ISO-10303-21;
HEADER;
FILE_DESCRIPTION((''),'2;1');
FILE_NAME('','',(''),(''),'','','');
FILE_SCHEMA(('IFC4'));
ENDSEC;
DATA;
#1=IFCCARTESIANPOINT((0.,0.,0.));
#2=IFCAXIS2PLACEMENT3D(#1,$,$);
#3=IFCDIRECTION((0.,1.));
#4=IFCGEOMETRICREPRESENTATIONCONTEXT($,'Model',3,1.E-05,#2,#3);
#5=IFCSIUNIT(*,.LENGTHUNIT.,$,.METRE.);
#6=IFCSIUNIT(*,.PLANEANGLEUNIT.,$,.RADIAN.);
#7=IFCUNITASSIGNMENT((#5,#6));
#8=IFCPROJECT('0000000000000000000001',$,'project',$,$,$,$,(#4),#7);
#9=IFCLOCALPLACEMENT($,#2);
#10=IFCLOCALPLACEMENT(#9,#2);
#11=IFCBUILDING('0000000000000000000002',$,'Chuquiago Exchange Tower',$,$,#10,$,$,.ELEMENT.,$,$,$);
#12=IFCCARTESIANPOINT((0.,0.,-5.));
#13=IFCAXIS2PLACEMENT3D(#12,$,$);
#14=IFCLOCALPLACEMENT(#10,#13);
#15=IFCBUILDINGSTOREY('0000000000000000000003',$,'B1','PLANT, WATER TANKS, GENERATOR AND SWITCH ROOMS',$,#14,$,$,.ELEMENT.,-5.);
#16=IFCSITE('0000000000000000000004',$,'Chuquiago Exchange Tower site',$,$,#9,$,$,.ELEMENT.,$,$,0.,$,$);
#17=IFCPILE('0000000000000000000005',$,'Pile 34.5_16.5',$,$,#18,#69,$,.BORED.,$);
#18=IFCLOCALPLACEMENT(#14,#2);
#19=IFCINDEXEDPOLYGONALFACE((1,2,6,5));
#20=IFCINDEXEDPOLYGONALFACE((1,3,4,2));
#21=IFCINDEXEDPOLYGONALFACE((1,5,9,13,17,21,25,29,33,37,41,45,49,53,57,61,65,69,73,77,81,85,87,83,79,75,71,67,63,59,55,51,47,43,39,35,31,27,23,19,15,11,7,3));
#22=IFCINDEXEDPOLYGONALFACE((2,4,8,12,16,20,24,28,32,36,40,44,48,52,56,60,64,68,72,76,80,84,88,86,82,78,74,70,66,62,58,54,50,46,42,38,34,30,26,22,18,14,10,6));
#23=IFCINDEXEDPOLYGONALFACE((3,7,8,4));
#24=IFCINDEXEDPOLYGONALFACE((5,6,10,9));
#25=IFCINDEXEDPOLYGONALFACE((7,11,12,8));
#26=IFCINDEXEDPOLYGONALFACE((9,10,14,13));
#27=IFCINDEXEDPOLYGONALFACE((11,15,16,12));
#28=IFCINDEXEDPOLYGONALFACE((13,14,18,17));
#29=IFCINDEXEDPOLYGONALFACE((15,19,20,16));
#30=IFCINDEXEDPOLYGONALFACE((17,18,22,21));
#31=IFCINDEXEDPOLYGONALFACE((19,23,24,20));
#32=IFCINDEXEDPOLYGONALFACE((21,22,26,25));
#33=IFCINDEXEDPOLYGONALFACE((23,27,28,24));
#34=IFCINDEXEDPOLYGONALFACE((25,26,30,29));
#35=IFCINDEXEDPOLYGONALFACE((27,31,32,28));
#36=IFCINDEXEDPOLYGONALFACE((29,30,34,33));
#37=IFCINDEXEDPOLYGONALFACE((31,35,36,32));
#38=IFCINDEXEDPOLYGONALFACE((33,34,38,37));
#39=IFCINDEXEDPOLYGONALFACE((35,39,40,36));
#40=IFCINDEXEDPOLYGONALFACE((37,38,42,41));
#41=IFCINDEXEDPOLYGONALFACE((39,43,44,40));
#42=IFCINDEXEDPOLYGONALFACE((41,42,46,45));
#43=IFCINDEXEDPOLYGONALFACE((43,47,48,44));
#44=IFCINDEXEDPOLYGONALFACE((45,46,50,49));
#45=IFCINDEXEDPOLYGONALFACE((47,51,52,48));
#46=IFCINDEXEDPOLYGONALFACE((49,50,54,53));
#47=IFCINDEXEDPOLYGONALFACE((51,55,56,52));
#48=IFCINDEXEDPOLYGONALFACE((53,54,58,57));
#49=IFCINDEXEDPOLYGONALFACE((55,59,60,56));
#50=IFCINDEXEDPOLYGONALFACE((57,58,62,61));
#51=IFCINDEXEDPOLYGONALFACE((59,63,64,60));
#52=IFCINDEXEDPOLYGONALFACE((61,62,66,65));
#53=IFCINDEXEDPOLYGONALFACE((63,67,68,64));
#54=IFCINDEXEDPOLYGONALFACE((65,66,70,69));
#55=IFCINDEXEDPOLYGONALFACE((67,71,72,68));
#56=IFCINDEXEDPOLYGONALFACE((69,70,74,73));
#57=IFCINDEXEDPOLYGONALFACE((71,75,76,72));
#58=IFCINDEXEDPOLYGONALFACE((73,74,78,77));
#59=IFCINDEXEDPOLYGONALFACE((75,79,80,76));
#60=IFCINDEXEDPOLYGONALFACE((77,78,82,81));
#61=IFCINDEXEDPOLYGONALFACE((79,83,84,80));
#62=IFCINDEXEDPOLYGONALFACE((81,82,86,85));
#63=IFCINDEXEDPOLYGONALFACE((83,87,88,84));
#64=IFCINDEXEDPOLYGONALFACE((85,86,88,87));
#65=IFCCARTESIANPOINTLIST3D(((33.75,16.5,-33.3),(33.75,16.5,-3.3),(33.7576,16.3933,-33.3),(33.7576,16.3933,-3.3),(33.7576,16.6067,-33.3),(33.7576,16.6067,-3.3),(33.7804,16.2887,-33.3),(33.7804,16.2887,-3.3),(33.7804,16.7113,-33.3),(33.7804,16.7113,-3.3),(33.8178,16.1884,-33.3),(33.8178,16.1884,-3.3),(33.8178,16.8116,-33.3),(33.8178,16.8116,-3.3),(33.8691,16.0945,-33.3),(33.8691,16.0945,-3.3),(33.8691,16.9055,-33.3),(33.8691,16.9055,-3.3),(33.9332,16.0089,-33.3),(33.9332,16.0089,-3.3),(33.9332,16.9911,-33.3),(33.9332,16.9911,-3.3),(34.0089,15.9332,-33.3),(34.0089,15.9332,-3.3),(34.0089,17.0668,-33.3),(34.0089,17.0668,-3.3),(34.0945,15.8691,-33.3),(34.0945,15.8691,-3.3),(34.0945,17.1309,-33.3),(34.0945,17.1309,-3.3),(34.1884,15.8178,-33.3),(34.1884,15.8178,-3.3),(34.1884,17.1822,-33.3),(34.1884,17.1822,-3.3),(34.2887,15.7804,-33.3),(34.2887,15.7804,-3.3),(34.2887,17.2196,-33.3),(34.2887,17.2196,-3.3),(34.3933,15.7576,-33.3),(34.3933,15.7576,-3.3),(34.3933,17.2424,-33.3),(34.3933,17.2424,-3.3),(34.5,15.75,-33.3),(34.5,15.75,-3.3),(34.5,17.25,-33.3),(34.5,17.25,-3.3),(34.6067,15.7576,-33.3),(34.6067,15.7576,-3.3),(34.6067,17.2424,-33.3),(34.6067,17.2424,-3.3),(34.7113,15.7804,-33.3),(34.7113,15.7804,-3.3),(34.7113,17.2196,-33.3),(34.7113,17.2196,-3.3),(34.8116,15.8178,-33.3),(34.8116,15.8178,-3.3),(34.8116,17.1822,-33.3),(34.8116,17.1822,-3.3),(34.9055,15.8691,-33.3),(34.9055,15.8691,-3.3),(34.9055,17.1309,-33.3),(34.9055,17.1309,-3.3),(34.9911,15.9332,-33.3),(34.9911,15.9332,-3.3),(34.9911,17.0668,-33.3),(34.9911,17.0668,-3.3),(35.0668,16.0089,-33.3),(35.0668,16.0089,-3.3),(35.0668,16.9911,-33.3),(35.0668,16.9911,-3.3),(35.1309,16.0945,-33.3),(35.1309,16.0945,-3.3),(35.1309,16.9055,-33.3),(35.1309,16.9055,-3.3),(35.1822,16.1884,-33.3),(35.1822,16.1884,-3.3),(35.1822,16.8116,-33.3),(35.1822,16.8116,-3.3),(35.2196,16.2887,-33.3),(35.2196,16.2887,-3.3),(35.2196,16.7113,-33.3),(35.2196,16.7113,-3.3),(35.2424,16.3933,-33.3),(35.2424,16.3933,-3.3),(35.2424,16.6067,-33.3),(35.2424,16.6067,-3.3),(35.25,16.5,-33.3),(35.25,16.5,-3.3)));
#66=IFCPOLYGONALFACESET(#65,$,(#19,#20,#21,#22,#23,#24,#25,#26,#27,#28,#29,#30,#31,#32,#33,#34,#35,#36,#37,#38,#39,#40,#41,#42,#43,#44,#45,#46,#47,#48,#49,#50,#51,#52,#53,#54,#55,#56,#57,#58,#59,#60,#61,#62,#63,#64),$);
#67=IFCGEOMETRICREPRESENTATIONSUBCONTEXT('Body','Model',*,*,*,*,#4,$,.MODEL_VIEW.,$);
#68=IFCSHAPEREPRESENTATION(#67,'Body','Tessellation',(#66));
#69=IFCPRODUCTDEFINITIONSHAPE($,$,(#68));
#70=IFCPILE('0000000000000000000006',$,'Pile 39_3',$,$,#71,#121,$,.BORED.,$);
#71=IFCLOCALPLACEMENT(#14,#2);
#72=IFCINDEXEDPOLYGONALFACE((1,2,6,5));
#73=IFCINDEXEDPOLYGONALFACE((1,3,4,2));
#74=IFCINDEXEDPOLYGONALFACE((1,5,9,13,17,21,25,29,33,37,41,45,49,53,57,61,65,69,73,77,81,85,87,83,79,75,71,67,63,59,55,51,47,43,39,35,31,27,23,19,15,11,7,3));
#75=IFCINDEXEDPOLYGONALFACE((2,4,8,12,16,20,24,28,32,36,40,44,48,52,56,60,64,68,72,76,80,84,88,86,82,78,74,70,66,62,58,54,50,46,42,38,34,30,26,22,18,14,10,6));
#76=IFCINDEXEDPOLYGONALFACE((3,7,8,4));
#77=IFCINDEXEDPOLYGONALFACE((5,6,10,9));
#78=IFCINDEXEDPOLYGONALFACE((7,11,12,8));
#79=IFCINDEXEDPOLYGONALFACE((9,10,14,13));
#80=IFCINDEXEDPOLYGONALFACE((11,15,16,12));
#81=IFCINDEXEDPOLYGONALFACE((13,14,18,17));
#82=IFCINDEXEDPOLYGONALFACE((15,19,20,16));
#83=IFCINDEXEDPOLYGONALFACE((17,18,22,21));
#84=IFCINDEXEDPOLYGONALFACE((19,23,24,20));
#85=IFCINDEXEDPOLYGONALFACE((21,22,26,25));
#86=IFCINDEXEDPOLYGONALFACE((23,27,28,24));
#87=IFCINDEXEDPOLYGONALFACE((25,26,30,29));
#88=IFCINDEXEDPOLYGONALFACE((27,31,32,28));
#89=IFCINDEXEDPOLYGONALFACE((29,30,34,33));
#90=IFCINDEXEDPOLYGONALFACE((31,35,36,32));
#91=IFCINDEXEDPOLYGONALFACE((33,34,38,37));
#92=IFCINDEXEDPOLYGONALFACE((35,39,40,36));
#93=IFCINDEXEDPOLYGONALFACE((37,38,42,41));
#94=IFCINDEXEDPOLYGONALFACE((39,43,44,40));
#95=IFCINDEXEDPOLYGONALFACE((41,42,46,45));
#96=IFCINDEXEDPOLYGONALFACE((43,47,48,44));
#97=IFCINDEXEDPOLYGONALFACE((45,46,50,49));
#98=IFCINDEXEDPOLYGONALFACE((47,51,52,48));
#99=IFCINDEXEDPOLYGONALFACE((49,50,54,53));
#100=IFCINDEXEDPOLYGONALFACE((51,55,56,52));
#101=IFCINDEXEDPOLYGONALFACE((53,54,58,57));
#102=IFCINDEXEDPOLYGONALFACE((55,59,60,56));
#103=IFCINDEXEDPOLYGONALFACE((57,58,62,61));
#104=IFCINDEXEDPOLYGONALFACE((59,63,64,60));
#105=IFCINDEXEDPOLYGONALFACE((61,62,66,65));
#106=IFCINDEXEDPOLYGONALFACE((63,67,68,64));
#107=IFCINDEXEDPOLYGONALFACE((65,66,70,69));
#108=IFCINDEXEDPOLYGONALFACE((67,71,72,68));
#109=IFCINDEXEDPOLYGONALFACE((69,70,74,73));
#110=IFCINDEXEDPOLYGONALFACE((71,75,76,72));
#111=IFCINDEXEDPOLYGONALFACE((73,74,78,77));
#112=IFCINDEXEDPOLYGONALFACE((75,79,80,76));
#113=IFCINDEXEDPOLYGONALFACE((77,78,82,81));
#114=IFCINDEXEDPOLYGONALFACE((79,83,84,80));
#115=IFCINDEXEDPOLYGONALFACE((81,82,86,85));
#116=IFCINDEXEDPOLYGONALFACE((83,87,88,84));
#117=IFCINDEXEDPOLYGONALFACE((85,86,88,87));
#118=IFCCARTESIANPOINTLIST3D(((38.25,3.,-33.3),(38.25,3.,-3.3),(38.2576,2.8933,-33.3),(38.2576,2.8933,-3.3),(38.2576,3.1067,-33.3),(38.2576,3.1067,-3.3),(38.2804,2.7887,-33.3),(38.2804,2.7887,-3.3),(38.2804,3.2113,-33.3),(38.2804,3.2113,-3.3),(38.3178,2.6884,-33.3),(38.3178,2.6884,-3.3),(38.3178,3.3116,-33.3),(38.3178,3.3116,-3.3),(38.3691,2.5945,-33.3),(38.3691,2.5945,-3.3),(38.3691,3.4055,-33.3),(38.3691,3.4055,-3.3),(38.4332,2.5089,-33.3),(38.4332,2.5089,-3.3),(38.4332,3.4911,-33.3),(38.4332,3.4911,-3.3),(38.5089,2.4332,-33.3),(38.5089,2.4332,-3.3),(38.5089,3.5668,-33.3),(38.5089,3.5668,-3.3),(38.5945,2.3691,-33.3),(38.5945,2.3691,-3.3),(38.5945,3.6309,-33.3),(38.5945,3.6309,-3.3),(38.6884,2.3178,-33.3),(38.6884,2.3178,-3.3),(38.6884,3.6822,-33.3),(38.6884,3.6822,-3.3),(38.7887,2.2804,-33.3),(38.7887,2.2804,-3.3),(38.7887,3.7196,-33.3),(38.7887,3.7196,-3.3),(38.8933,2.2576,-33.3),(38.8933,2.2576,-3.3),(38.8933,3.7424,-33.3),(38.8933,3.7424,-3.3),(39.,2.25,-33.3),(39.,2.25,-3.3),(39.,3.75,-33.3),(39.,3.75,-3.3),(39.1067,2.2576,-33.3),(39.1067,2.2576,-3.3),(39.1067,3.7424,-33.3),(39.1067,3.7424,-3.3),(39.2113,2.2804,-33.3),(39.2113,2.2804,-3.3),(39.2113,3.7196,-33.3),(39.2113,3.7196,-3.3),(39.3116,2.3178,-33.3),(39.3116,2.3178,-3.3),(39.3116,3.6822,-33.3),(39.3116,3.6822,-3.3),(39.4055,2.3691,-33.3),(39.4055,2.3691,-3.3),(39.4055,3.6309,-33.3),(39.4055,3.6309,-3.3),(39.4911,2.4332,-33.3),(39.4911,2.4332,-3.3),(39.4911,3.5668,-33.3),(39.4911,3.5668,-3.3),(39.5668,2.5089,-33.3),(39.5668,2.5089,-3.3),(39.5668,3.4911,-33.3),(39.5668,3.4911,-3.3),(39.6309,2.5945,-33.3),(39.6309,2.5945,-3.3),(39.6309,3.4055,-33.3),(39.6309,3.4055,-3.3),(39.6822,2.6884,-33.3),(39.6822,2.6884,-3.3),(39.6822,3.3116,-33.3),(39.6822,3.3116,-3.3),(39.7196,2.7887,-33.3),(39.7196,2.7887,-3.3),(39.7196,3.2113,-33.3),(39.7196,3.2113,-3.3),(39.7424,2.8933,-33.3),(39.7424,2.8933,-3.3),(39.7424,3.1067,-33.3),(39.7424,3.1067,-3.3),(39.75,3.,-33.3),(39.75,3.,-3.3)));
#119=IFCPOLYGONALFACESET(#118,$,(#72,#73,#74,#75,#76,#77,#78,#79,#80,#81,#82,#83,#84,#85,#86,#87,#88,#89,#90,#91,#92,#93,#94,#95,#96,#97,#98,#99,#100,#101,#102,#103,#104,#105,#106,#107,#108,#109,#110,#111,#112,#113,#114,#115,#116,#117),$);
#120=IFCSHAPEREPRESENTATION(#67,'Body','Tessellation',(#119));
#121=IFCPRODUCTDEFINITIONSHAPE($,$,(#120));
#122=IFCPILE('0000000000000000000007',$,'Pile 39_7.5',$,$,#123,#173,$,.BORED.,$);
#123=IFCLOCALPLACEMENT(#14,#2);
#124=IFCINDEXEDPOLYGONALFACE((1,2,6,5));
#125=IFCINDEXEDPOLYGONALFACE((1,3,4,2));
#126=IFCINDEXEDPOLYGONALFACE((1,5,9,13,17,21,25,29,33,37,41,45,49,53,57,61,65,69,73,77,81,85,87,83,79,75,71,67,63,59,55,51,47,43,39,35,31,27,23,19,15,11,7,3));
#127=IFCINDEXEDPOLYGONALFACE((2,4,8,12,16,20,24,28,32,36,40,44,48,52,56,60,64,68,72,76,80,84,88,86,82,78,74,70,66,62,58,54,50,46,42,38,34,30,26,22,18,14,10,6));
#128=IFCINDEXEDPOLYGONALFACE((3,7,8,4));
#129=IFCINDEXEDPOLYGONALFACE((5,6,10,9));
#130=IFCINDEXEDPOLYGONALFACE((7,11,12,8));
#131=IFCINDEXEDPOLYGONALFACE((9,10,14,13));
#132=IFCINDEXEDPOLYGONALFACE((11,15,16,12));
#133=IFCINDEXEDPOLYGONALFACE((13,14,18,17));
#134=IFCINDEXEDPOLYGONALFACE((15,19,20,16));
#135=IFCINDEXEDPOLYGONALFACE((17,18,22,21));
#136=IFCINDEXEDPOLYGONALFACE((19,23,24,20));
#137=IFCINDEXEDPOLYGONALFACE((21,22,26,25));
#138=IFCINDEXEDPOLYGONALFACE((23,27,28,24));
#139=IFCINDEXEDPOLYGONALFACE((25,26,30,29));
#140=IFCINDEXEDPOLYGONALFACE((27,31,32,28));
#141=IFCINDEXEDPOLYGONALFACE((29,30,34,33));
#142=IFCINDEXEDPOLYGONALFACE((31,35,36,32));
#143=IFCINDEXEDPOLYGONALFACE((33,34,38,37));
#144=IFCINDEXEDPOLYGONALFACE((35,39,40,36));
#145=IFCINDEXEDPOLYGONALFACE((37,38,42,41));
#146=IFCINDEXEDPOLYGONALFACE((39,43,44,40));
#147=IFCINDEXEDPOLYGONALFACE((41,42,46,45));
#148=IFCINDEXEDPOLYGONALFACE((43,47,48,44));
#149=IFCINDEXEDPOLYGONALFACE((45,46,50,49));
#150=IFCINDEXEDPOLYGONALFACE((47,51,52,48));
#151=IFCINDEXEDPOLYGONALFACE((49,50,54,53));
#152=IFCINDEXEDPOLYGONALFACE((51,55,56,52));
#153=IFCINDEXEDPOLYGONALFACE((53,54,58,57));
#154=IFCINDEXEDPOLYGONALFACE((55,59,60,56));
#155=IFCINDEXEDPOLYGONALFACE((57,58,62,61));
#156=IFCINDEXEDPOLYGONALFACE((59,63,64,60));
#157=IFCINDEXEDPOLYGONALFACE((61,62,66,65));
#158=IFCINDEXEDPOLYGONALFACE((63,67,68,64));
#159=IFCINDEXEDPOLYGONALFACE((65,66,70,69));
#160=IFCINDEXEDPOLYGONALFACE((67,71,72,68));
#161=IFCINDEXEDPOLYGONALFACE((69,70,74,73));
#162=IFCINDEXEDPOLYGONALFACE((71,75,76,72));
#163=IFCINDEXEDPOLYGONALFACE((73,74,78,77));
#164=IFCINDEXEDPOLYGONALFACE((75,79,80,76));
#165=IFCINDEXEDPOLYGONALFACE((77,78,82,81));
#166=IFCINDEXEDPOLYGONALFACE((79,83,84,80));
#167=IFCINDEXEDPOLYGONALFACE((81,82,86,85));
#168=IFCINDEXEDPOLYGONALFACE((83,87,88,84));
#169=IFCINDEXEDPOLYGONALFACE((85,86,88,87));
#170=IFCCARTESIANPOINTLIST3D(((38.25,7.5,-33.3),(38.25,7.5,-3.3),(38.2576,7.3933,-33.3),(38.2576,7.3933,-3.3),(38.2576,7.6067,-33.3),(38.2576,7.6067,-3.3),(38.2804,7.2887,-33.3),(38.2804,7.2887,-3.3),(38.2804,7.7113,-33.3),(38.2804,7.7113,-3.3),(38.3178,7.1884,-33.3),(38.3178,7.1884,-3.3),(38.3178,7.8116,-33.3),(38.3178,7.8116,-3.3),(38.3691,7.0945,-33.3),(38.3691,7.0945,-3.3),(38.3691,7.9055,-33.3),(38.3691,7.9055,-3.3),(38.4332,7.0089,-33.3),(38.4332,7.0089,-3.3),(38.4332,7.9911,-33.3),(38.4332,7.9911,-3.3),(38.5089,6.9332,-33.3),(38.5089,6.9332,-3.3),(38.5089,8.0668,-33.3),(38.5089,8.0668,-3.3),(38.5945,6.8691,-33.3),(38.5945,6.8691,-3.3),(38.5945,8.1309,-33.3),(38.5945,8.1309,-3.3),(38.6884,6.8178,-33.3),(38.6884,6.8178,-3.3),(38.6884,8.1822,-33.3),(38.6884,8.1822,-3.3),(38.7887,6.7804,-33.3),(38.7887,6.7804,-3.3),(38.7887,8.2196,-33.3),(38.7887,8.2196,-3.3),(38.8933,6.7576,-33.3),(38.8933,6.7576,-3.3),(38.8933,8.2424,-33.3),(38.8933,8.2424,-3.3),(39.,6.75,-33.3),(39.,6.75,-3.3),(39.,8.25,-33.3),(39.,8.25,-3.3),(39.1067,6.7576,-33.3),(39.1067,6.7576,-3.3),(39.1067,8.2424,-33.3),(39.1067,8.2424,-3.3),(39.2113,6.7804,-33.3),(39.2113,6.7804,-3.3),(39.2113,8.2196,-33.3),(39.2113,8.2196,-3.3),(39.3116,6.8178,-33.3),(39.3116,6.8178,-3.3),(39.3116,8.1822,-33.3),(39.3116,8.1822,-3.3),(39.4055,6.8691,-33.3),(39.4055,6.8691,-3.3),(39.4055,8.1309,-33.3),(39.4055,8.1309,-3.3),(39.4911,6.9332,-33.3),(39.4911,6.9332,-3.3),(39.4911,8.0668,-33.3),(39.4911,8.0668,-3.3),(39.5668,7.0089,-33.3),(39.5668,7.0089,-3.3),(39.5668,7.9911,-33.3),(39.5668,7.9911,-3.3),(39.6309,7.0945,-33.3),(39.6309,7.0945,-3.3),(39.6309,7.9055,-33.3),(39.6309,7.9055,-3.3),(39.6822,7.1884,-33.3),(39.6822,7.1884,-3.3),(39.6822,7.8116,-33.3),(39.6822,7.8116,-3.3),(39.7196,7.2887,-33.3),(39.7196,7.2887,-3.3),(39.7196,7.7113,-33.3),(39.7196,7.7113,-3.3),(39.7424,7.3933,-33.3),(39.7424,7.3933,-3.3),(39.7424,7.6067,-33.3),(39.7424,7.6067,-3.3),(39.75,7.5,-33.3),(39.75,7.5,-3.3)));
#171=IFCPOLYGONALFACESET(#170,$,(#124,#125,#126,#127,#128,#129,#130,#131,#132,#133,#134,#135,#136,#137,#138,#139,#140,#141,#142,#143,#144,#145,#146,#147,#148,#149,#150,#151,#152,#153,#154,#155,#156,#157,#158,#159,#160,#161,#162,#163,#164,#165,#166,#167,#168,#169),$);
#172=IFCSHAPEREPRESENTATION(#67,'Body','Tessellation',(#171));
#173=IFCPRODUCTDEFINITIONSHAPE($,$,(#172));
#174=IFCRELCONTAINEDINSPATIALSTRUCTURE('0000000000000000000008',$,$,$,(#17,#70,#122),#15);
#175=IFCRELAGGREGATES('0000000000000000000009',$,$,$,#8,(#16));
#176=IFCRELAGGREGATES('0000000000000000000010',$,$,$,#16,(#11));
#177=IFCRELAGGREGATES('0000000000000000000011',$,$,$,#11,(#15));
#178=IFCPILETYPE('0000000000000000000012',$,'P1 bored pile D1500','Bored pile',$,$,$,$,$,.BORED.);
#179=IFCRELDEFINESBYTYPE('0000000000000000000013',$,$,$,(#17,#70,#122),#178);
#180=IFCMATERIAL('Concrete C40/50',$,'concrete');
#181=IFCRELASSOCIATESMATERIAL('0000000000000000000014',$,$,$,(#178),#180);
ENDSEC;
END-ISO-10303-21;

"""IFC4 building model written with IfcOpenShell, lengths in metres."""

from ifc_helpers import new_model, si_unit, direction, frame, origin, origin_2d, place, context, subcontext, project, spatial, circle, extrude, material, material_profile, profile_set, type_object, element, save


model = new_model("IFC4")

# Units and contexts
model_context = context("Model", 3, precision=1e-05, world=origin(), true_north=direction((0.0, 1.0)))
body_context = subcontext(model_context, "Body", "Model", "MODEL_VIEW")
ifc_project = project(units=[si_unit("LENGTHUNIT", "METRE"), si_unit("PLANEANGLEUNIT", "RADIAN")], contexts=[model_context])

# Site, building, storey
site_placement = place(None, origin())
site = spatial("IfcSite", under=ifc_project, at=site_placement, Name="Chuquiago Exchange Tower site", CompositionType="ELEMENT", RefElevation=0.0)
building_placement = place(site_placement, origin())
building = spatial("IfcBuilding", under=site, at=building_placement, Name="Chuquiago Exchange Tower", CompositionType="ELEMENT")
storey_placement = place(building_placement, frame((0.0, 0.0, -5.0)))
storey = spatial("IfcBuildingStorey", under=building, at=storey_placement, Name="B1", Description="PLANT, WATER TANKS, GENERATOR AND SWITCH ROOMS", CompositionType="ELEMENT", Elevation=-5.0)

# Piles
ifc_material_1 = material(Name="Concrete C40/50", Category="concrete")
ifc_material_profile_1 = material_profile(ifc_material_1, circle(Radius=0.75, at=origin_2d()), Name="D1500")
ifc_profile_set_1 = profile_set([ifc_material_profile_1], Name="Concrete C40/50")
pile_type = type_object("IfcPileType", Name="P1 bored pile D1500", Description="Bored pile", PredefinedType="BORED", material=ifc_profile_set_1)
for number, where, z_axis, x_axis, name in (
    (1, (34.5, 16.5, -3.3), (0.0, 0.0, -1.0), (1.0, 0.0, 0.0), "Pile 34.5_16.5"),
    (2, (39.0, 3.0, -3.3), (0.0, 0.0, -1.0), (1.0, 0.0, 0.0), "Pile 39_3"),
    (3, (39.0, 7.5, -3.3), (0.0, 0.0, -1.0), (1.0, 0.0, 0.0), "Pile 39_7.5"),
):
    element("IfcPile", number, at=place(storey_placement, frame(where, z_axis=z_axis, x_axis=x_axis)), inside=storey, type_object=pile_type, Name=name, PredefinedType="BORED", context=body_context, shape_type="SweptSolid", body=[
        extrude(circle(Radius=0.75, at=origin_2d()), origin(), (0.0, 0.0, 1.0), 30.0),
    ])

save(model, "model.ifc")
